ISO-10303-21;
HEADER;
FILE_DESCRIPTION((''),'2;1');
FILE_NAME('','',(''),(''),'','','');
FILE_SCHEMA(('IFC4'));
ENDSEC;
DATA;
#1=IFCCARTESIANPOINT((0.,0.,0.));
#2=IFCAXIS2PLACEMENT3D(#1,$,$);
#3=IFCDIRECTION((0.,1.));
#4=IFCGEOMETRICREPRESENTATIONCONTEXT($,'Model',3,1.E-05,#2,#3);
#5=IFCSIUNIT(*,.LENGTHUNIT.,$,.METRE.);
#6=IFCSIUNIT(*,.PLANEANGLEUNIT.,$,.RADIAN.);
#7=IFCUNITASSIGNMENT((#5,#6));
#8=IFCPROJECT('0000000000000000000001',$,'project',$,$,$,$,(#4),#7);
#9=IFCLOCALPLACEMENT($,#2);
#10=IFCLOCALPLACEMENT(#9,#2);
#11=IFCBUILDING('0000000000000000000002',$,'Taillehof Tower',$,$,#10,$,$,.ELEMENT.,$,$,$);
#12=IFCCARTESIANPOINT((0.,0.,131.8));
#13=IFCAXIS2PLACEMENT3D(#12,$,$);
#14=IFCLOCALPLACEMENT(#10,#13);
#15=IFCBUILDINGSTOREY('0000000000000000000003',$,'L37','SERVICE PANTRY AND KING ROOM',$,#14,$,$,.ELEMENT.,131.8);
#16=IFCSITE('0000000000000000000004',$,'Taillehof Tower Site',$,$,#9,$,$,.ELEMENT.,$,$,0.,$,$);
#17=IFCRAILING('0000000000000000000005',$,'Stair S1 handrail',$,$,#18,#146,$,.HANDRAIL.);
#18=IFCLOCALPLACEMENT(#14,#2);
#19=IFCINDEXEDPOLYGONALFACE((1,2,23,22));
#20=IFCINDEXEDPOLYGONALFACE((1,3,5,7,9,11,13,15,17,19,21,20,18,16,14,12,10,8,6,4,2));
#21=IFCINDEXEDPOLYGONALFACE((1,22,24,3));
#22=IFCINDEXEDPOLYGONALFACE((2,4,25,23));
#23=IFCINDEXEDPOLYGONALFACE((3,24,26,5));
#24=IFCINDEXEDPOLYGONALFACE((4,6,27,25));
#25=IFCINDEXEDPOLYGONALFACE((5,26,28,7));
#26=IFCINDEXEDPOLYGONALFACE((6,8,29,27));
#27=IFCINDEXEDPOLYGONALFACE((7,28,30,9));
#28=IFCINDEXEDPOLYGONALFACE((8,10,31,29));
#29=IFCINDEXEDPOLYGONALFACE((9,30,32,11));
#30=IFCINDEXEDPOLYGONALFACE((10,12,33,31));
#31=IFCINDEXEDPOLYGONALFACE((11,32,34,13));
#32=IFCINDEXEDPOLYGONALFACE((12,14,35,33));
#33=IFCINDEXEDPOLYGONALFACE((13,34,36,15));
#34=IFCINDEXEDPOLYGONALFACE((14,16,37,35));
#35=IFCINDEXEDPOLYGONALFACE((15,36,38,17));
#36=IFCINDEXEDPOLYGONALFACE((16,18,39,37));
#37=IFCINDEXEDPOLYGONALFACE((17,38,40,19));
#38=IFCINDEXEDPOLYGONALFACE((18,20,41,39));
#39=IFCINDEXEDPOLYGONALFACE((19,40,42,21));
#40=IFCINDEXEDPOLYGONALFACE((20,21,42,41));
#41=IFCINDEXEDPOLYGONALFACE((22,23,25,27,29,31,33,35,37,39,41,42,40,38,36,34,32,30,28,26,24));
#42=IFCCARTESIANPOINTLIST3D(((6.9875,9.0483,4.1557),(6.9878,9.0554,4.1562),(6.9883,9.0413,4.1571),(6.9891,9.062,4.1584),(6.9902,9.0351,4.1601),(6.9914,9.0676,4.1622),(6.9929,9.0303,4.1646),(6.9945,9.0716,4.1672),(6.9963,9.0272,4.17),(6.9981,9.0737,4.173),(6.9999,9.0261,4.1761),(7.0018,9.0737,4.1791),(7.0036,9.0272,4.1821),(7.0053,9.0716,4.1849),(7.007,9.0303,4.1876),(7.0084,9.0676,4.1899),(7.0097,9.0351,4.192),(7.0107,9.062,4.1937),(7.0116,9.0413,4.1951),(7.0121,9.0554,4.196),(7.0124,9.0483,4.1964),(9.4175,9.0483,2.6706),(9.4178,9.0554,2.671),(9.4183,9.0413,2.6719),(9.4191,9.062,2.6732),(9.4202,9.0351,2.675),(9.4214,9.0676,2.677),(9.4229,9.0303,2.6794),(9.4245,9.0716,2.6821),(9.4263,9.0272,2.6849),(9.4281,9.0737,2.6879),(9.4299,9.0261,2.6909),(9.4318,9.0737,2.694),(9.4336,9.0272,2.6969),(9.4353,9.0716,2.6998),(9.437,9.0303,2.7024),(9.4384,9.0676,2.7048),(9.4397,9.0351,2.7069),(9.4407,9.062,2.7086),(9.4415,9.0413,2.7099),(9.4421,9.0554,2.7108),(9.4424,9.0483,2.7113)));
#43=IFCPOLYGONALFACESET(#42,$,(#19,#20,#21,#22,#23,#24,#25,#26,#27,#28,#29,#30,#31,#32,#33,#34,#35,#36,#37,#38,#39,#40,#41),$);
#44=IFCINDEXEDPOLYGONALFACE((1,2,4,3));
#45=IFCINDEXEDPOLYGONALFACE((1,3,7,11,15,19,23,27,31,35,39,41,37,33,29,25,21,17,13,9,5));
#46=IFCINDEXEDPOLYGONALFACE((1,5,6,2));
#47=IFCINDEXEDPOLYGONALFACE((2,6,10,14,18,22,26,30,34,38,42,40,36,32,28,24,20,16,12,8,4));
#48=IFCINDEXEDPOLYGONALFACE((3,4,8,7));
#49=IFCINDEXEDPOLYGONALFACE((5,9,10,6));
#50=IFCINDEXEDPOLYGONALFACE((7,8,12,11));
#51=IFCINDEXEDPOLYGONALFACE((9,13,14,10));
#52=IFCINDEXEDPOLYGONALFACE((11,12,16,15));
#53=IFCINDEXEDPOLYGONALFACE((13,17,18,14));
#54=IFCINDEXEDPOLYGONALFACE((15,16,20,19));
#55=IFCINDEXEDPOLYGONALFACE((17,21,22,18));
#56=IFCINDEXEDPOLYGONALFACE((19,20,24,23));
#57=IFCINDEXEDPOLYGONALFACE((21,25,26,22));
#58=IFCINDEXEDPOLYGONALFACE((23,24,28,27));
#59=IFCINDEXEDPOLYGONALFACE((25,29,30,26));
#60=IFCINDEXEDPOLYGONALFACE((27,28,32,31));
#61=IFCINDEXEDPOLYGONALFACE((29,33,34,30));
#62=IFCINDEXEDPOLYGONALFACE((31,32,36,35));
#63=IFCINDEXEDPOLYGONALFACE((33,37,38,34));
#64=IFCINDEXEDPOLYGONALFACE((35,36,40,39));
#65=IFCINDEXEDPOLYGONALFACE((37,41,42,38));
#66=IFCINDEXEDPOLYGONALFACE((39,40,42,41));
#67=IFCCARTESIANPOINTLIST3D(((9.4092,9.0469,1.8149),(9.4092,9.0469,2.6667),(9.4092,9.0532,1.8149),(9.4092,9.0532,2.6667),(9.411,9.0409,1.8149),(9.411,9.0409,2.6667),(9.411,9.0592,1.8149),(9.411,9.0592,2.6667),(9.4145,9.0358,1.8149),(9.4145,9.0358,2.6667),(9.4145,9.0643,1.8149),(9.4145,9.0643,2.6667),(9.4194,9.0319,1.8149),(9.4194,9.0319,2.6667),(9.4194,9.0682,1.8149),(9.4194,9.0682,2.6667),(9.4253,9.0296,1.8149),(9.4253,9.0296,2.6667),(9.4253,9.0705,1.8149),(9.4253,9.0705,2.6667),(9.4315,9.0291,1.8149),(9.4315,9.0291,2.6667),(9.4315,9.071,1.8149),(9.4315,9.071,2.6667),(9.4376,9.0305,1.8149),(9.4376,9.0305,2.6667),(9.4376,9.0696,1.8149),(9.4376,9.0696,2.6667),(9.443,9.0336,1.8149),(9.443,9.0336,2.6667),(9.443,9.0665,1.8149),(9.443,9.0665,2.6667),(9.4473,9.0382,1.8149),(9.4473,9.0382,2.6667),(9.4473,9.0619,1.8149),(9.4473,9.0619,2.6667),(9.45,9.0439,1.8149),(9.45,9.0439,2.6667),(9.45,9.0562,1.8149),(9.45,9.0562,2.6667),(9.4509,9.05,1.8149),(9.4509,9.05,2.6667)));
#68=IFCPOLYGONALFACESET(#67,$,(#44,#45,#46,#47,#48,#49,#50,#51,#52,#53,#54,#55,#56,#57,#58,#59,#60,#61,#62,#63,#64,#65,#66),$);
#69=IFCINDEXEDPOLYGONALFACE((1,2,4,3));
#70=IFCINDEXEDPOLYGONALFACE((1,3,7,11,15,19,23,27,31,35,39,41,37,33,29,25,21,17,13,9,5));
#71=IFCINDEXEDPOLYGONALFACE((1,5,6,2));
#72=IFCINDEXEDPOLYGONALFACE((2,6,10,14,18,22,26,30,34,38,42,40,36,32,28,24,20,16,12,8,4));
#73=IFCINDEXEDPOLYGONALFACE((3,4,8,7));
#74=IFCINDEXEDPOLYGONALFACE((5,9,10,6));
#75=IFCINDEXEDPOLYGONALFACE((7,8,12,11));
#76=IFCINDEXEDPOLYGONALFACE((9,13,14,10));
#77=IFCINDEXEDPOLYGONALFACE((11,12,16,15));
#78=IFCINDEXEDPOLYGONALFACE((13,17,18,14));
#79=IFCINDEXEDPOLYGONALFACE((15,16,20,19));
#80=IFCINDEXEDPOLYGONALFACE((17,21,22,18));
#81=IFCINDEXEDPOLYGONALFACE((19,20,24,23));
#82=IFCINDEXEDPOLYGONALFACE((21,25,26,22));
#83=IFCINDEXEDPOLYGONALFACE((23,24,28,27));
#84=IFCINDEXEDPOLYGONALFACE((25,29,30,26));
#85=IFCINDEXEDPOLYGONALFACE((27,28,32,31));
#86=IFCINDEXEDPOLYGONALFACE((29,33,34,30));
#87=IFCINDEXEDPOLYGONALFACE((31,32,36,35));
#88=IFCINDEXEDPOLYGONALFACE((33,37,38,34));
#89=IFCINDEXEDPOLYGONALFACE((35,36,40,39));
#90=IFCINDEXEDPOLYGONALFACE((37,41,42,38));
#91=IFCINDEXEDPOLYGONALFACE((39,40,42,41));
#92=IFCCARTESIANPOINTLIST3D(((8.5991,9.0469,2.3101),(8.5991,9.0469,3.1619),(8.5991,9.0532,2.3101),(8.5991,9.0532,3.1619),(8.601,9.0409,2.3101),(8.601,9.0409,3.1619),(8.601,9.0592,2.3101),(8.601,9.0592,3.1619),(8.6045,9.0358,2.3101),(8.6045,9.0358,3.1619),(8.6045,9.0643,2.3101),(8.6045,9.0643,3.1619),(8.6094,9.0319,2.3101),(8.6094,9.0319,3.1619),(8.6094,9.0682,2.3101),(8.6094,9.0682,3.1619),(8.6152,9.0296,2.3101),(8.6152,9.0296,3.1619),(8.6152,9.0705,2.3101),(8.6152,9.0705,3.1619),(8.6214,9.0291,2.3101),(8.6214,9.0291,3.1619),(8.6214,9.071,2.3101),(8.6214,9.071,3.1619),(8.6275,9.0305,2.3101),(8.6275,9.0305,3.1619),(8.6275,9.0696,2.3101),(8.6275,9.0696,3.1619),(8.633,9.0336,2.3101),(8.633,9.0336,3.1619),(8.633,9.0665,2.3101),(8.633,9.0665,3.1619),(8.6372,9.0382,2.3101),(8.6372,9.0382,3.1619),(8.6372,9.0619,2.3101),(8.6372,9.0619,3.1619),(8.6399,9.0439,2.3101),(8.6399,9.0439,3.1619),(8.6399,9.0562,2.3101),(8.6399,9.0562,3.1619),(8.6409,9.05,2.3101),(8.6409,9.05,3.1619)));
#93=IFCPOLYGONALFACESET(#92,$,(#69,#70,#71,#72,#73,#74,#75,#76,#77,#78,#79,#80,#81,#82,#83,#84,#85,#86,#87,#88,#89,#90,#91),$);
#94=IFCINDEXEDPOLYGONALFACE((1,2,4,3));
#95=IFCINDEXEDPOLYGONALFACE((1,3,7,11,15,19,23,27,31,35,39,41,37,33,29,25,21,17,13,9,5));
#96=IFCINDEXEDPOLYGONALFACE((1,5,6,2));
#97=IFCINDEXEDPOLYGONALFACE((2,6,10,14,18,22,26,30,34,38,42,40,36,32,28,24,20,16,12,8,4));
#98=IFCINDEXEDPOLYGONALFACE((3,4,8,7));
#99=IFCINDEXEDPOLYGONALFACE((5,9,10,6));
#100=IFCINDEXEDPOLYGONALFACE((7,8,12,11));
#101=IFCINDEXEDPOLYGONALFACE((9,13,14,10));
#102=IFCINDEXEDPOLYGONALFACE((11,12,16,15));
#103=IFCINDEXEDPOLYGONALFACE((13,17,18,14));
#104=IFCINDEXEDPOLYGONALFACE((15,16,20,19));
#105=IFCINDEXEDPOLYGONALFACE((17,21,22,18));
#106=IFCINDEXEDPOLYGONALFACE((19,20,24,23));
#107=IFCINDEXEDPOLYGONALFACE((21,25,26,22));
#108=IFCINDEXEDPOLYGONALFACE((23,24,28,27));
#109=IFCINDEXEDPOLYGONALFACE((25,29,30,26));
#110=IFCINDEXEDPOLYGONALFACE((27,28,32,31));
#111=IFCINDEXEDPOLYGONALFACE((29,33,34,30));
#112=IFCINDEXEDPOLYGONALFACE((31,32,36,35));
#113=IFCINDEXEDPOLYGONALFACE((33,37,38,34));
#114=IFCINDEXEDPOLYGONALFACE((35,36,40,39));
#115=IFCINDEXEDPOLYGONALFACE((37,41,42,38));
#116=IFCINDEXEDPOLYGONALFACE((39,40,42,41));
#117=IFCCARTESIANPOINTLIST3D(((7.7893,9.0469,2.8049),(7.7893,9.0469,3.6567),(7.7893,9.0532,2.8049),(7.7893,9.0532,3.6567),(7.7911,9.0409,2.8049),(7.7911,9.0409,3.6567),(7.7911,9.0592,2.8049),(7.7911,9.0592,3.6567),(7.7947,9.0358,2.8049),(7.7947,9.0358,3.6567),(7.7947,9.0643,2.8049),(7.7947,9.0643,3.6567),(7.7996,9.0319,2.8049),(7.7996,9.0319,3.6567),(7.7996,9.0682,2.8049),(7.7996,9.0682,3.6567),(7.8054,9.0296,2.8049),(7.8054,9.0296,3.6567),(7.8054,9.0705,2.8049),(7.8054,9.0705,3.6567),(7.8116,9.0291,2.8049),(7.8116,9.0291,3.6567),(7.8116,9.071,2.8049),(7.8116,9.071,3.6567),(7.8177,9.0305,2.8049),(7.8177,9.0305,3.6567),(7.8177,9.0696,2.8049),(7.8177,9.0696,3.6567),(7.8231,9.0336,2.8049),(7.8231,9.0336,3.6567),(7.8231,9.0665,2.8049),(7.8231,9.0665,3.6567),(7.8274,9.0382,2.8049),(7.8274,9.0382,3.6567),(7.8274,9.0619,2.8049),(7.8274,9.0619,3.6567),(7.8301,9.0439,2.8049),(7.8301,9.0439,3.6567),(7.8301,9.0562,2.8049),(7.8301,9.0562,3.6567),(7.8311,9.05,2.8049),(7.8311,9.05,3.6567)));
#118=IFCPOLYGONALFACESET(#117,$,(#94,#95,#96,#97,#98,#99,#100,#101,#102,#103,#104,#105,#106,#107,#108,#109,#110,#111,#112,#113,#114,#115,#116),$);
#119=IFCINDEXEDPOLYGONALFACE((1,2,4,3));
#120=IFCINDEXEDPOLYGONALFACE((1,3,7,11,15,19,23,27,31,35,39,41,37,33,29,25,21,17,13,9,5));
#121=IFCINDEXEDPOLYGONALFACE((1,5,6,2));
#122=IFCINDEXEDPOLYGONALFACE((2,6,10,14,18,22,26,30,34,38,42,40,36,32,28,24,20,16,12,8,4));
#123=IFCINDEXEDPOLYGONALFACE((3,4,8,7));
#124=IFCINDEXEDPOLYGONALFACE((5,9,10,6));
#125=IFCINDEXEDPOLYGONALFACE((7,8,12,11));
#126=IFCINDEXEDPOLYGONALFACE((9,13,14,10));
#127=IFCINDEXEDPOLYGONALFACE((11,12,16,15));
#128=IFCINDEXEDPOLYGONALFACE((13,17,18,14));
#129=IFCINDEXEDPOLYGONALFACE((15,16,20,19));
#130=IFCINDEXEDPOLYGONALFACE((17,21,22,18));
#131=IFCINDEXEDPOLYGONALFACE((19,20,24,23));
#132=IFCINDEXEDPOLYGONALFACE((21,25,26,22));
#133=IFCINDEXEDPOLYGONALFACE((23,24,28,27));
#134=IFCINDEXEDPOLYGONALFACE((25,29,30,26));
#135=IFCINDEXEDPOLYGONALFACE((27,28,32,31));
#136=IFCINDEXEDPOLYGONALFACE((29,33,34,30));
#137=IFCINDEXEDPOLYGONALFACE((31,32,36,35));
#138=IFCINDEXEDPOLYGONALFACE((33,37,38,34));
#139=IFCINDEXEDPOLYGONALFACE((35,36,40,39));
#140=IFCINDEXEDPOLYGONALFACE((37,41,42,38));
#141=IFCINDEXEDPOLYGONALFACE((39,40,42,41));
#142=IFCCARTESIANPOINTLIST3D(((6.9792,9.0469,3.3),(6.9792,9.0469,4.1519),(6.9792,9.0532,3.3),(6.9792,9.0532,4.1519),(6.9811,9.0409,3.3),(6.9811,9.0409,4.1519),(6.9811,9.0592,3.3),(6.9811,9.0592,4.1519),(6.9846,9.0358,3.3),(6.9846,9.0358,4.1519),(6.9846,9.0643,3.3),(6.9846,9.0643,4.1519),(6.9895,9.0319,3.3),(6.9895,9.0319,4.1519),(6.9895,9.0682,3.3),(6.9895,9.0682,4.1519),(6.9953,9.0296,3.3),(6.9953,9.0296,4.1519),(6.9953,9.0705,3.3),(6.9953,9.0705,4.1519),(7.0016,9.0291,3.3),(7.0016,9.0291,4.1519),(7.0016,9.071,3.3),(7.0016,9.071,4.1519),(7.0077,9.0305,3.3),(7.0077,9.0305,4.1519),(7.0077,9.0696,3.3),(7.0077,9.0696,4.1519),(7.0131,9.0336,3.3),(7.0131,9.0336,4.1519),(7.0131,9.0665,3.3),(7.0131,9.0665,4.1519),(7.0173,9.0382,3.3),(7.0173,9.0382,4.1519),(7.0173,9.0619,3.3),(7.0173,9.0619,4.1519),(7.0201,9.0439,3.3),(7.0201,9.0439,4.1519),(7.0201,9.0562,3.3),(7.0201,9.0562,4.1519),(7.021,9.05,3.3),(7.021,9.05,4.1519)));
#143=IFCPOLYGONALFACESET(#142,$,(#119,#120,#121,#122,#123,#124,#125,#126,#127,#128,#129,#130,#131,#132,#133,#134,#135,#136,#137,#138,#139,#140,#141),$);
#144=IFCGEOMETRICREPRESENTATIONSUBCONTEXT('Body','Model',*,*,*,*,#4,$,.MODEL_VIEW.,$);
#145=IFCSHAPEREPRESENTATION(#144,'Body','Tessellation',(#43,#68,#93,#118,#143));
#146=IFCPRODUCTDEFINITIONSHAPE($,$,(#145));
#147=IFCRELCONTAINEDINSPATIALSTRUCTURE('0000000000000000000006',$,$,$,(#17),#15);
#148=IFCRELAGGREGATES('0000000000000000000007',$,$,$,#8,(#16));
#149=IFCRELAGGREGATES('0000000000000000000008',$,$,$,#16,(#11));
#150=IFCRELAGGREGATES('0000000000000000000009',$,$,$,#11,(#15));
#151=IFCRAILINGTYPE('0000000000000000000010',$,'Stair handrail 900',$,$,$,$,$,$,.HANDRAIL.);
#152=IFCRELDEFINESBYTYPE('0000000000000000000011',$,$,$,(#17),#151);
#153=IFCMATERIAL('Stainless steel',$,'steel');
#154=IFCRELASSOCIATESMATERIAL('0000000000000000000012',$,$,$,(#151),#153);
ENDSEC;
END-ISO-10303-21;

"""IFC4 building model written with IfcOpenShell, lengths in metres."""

from ifc_helpers import new_model, si_unit, direction, frame, origin, origin_2d, place, context, subcontext, project, spatial, circle, extrude, material, type_object, element, save


model = new_model("IFC4")

# Units and contexts
model_context = context("Model", 3, precision=1e-05, world=origin(), true_north=direction((0.0, 1.0)))
body_context = subcontext(model_context, "Body", "Model", "MODEL_VIEW")
ifc_project = project(units=[si_unit("LENGTHUNIT", "METRE"), si_unit("PLANEANGLEUNIT", "RADIAN")], contexts=[model_context])

# Site, building, storey
site_placement = place(None, origin())
site = spatial("IfcSite", under=ifc_project, at=site_placement, Name="Taillehof Tower Site", CompositionType="ELEMENT", RefElevation=0.0)
building_placement = place(site_placement, origin())
building = spatial("IfcBuilding", under=site, at=building_placement, Name="Taillehof Tower", CompositionType="ELEMENT")
storey_placement = place(building_placement, frame((0.0, 0.0, 131.8)))
storey = spatial("IfcBuildingStorey", under=building, at=storey_placement, Name="L37", Description="SERVICE PANTRY AND KING ROOM", CompositionType="ELEMENT", Elevation=131.8)

# Railing
ifc_material_1 = material(Name="Stainless steel", Category="steel")
railing_type = type_object("IfcRailingType", Name="Stair handrail 900", PredefinedType="HANDRAIL", material=ifc_material_1)
railing_placement = place(storey_placement, frame((9.4299, 9.05, 1.8149)))
element("IfcRailing", 1, at=railing_placement, inside=storey, type_object=railing_type, Name="Stair S1 handrail", PredefinedType="HANDRAIL", context=body_context, shape_type="SweptSolid", body=[
    extrude(circle(Radius=0.0239, at=origin_2d()), frame((0.0, 0.0, 0.876), z_axis=(-0.853259, 0.0, 0.521488), x_axis=(0.0, -1.0, 0.0)), (0.0, 0.0, 1.0), 2.8479),
    extrude(circle(Radius=0.021, at=origin_2d()), origin(), (0.0, 0.0, 1.0), 0.8518),
    extrude(circle(Radius=0.021, at=origin_2d()), frame((-0.8101, 0.0, 0.4951)), (0.0, 0.0, 1.0), 0.8518),
    extrude(circle(Radius=0.021, at=origin_2d()), frame((-1.6199, 0.0, 0.99)), (0.0, 0.0, 1.0), 0.8518),
    extrude(circle(Radius=0.021, at=origin_2d()), frame((-2.4299, 0.0, 1.4851)), (0.0, 0.0, 1.0), 0.8518),
])

save(model, "model.ifc")
